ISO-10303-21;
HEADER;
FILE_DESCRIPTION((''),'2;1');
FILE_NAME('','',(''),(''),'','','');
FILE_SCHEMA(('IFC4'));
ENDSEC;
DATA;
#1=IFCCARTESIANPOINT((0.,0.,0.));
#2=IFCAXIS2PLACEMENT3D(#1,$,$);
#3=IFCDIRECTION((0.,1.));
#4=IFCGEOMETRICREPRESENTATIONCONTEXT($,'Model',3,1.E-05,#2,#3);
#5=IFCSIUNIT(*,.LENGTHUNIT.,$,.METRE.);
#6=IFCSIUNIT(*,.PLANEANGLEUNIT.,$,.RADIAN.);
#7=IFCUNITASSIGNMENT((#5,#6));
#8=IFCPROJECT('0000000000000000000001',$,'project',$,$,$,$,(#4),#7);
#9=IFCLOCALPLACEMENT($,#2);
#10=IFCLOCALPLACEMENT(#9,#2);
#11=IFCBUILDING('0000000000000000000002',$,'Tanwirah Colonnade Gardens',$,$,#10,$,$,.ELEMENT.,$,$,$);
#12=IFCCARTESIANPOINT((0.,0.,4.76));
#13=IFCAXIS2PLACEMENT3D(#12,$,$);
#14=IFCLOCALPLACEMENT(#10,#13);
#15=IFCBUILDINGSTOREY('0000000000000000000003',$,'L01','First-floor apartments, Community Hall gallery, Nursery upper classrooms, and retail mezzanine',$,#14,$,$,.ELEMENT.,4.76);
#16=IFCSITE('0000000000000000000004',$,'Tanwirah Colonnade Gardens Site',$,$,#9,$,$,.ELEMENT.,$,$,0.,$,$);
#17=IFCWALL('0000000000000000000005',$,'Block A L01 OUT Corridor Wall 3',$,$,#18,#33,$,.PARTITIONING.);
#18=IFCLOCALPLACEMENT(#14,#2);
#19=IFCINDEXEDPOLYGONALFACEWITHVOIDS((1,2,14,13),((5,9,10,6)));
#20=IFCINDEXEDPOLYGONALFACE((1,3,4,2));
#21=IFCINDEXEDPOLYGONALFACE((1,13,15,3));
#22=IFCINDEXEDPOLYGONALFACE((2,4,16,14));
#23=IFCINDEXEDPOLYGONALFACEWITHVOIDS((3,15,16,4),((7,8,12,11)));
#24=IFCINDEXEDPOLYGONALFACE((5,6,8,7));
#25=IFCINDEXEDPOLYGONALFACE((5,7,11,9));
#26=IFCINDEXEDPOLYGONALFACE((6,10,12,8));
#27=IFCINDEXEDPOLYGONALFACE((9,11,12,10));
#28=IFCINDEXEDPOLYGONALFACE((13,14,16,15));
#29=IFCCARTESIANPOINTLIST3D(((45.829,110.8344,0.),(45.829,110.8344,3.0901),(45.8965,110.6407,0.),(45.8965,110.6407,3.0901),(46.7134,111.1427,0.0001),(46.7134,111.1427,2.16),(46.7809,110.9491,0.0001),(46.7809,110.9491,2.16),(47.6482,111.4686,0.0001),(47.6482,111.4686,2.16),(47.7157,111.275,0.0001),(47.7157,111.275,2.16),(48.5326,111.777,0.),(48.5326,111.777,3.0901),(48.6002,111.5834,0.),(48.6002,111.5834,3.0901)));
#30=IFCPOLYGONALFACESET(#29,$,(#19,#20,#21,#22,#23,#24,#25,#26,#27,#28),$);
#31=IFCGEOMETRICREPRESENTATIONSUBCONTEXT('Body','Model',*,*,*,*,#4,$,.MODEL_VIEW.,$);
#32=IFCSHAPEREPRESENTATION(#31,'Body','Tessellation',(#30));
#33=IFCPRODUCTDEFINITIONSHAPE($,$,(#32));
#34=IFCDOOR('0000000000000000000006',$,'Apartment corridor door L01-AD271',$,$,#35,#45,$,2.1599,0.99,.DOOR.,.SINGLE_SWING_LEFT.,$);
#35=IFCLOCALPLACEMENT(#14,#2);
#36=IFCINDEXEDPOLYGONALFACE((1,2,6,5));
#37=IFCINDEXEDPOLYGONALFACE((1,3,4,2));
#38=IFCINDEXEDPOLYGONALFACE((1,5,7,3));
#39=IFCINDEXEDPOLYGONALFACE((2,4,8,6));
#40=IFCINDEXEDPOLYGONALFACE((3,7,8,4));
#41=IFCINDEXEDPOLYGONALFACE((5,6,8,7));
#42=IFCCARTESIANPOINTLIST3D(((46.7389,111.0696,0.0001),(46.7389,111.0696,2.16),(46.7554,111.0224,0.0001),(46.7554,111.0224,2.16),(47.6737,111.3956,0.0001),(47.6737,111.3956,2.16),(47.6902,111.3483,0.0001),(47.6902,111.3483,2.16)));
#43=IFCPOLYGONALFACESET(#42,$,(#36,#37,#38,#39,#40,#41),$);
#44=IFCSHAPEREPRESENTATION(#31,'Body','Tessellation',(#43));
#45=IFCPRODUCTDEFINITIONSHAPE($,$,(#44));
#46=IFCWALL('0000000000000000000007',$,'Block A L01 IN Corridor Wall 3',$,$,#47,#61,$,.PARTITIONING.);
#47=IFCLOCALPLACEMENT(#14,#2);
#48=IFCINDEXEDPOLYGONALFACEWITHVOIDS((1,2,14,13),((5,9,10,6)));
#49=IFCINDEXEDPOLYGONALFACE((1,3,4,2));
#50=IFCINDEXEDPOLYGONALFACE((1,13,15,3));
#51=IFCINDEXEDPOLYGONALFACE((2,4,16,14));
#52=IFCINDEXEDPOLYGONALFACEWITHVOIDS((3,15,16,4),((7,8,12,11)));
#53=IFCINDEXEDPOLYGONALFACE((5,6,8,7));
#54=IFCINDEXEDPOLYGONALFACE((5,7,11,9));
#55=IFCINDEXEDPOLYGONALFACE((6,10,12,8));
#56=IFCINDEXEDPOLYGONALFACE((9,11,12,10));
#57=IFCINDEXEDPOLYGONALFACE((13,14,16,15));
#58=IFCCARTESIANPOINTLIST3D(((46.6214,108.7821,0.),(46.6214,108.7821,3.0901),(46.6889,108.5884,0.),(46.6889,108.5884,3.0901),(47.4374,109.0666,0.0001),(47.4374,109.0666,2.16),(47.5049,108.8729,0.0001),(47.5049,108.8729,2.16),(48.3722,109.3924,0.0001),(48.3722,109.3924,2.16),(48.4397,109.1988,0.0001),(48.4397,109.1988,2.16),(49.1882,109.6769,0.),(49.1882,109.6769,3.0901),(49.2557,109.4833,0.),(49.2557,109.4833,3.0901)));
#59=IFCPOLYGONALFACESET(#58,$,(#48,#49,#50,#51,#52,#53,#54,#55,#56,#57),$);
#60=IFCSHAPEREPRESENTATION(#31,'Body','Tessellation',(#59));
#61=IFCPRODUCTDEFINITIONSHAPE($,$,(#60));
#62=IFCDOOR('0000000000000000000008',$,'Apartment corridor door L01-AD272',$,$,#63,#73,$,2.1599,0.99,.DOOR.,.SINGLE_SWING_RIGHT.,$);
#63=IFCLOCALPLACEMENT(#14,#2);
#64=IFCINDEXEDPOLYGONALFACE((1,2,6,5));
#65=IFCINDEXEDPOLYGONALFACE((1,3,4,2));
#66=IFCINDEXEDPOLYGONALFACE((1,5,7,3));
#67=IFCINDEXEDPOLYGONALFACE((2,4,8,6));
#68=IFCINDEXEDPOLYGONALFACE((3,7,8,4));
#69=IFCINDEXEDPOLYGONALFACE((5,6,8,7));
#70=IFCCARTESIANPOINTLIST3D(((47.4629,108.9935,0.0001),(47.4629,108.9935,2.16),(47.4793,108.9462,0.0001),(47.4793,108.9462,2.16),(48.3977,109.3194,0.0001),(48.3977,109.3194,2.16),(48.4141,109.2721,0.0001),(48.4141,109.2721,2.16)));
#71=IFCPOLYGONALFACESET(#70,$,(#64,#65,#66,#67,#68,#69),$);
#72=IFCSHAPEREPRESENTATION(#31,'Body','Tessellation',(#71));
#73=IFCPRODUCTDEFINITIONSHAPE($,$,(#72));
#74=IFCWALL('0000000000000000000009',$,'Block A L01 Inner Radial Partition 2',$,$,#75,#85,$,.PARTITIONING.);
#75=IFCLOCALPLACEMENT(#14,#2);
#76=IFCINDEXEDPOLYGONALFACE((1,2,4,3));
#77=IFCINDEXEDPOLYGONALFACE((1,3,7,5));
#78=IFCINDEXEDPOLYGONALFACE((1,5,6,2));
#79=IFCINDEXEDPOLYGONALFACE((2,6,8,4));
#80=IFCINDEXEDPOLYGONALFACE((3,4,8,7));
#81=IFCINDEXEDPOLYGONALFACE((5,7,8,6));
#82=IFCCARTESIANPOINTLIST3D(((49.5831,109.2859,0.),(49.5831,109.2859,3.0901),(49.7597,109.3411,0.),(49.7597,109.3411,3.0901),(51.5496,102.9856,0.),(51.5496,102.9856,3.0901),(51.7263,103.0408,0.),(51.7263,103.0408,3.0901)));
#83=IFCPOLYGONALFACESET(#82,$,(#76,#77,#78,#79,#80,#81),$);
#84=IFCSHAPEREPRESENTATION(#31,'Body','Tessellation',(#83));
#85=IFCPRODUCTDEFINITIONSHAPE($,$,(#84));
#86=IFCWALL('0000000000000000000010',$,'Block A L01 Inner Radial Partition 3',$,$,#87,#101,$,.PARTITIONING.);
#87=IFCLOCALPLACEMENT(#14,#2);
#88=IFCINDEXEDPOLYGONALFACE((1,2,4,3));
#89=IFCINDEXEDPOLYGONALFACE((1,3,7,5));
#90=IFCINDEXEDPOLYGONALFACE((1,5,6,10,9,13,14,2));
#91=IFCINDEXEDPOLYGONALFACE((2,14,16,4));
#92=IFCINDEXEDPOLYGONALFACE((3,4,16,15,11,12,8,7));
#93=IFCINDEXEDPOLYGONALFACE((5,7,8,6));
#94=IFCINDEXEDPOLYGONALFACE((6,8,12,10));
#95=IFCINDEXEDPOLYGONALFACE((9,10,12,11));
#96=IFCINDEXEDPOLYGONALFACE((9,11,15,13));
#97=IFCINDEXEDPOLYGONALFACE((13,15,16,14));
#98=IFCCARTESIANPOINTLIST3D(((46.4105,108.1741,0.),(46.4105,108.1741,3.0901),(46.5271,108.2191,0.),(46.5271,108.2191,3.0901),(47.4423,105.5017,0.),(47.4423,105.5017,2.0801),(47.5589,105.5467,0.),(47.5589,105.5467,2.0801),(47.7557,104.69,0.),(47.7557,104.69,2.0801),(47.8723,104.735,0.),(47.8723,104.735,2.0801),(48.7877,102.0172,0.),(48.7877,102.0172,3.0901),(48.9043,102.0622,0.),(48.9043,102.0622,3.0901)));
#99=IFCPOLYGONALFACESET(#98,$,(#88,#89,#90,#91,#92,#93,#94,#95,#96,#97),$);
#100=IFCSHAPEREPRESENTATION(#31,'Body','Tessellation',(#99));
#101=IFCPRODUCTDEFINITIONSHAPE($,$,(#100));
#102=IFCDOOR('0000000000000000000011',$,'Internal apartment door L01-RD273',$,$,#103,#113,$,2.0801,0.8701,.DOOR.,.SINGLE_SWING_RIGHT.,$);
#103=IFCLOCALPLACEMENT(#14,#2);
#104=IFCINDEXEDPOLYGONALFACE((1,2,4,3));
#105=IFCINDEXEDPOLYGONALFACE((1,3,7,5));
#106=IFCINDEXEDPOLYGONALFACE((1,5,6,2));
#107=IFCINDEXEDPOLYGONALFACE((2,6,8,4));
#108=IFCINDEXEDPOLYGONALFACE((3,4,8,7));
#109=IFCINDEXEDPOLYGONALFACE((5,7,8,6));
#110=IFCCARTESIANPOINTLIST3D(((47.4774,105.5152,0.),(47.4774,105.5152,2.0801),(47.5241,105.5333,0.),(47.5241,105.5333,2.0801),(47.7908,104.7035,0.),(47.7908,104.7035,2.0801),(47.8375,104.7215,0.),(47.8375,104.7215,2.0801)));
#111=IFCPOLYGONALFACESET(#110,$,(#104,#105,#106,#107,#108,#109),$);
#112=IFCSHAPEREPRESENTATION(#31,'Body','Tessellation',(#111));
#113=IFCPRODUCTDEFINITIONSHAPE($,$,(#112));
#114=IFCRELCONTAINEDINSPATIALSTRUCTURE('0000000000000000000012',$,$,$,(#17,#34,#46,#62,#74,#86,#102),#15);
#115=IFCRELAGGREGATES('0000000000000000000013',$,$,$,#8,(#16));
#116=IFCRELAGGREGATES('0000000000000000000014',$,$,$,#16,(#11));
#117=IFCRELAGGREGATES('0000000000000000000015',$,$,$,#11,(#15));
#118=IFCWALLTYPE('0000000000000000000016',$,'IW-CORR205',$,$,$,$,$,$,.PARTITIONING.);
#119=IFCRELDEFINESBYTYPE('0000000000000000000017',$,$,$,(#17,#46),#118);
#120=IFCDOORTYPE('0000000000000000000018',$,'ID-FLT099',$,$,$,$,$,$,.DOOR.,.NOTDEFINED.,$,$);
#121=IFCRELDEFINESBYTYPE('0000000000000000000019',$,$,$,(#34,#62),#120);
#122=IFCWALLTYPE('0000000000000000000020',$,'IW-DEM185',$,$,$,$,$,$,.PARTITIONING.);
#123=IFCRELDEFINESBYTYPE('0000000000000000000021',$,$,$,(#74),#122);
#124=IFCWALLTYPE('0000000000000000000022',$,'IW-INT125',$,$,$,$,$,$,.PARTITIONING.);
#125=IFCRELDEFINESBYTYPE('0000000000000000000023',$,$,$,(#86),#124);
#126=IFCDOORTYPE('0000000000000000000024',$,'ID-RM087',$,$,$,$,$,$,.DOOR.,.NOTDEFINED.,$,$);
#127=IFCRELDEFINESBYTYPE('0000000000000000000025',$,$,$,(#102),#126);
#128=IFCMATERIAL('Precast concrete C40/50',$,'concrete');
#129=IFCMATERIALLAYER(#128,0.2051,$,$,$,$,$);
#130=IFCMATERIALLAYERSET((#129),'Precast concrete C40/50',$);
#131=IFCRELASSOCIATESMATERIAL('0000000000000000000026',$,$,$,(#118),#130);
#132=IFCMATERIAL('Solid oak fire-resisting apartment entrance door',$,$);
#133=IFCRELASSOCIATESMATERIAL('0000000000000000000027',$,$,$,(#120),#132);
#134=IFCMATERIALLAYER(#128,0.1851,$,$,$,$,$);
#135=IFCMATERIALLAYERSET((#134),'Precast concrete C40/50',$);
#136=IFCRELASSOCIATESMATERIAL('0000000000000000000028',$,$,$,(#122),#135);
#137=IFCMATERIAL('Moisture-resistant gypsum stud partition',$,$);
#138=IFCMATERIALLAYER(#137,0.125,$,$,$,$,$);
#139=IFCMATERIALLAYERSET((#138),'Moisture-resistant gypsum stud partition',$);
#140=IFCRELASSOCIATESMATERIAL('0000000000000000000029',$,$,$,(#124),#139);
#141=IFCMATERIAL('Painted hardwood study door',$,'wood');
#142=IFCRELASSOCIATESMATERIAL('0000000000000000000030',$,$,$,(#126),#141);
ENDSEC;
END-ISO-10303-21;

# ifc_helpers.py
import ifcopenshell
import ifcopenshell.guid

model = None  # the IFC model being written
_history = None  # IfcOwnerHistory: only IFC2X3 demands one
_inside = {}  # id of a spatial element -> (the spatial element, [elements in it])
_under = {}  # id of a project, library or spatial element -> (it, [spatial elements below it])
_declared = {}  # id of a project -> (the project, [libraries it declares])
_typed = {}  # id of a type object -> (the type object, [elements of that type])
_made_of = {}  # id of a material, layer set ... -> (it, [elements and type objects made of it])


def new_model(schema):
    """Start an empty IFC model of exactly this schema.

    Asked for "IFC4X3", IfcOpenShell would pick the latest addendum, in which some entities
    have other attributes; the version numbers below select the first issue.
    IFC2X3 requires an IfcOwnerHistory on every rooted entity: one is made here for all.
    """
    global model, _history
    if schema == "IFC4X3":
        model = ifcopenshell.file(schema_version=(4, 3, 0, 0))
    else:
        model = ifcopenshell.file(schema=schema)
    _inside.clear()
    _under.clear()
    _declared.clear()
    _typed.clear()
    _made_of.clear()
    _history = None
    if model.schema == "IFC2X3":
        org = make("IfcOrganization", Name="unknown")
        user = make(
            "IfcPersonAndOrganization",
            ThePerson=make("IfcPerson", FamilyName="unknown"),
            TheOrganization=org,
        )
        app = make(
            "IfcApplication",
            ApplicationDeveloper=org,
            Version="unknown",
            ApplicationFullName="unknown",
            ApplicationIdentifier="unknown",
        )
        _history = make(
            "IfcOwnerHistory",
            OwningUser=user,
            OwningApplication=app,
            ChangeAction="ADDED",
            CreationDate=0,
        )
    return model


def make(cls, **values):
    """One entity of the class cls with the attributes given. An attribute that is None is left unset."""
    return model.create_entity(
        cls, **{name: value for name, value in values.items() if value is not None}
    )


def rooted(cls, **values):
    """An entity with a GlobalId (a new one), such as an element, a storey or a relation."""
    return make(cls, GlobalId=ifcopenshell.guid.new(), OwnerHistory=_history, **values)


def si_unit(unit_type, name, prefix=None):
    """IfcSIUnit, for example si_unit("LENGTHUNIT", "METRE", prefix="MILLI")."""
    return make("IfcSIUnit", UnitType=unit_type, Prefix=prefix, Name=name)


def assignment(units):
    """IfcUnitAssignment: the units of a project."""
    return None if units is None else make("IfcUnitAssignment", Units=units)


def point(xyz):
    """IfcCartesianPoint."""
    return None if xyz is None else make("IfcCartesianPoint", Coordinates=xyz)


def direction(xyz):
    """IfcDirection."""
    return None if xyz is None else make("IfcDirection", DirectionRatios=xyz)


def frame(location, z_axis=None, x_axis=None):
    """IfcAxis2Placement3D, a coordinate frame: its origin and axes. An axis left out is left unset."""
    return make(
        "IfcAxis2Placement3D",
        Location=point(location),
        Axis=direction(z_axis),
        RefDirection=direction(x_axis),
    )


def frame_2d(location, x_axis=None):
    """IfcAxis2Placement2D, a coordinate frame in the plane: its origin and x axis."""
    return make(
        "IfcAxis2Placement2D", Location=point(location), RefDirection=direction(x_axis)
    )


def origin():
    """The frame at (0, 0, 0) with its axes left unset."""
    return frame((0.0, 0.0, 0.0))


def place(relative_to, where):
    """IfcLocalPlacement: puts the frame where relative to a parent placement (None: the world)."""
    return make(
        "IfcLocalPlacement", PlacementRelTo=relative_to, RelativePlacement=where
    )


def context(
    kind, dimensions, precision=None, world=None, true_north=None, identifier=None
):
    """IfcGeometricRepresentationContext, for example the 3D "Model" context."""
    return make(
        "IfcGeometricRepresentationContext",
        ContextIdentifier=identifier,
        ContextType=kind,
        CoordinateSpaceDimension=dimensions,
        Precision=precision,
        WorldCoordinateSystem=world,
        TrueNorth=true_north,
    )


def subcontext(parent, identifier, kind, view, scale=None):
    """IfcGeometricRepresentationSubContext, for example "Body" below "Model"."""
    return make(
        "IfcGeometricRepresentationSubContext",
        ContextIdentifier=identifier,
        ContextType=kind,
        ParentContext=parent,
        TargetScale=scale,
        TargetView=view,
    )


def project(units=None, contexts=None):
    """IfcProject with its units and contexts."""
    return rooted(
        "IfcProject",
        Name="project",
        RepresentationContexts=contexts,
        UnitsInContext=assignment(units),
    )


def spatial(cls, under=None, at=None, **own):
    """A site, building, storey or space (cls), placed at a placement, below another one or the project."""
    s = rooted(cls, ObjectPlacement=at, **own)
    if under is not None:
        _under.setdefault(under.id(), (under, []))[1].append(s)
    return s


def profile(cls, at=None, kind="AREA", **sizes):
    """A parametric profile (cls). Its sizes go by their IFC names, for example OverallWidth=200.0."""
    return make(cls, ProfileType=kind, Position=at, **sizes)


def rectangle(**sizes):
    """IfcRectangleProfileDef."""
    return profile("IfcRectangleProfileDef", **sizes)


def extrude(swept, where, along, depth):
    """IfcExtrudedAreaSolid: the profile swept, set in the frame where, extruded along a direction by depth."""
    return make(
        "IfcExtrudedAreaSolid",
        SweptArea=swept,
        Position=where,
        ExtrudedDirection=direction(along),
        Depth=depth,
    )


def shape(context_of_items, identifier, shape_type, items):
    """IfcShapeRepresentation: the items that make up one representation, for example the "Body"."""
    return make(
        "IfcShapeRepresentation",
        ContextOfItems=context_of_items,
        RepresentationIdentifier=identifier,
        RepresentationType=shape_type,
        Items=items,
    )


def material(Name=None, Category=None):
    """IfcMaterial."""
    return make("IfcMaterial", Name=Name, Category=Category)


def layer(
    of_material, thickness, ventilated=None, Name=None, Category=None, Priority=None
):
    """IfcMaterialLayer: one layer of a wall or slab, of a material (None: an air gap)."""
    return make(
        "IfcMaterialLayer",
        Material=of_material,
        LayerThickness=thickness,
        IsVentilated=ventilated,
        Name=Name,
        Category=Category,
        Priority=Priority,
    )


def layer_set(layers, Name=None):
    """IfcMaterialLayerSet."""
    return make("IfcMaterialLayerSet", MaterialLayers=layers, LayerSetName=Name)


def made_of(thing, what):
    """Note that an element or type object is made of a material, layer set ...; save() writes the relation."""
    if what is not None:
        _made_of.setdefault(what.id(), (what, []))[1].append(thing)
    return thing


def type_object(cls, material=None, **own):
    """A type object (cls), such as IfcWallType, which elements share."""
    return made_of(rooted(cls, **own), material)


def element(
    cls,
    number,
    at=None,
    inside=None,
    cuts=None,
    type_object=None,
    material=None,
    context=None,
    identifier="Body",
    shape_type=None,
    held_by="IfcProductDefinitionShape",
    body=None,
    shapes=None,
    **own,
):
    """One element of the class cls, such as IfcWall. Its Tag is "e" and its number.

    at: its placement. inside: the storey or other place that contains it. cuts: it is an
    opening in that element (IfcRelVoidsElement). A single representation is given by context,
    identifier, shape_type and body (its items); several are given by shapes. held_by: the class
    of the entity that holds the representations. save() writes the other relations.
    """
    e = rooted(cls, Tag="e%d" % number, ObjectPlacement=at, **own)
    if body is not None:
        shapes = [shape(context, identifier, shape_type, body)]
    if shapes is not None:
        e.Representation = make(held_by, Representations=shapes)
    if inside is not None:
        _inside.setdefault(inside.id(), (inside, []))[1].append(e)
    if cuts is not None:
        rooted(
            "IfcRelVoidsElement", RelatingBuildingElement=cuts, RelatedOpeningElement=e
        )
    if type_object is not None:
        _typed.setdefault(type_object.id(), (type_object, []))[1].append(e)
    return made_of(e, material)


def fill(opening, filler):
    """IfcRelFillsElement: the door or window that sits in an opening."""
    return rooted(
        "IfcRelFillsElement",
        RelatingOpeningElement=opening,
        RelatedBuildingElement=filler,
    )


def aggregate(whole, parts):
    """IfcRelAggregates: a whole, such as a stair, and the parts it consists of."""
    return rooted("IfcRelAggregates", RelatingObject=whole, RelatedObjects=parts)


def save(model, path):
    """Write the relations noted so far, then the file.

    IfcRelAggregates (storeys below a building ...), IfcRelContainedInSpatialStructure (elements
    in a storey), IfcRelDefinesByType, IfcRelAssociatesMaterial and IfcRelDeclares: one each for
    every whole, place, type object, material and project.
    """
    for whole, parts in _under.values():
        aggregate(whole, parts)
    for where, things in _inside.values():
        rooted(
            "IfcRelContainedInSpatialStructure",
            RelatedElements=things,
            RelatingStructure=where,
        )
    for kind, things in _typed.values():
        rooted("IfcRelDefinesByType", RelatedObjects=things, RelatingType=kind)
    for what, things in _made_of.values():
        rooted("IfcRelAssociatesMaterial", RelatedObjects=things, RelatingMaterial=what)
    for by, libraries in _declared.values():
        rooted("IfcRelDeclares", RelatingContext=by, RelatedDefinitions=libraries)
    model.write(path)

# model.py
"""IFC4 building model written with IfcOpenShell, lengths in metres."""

from ifc_helpers import new_model, si_unit, direction, frame, frame_2d, origin, place, context, subcontext, project, spatial, rectangle, extrude, material, layer, layer_set, type_object, element, fill, save


model = new_model("IFC4")

# Units and contexts
model_context = context("Model", 3, precision=1e-05, world=origin(), true_north=direction((0.0, 1.0)))
body_context = subcontext(model_context, "Body", "Model", "MODEL_VIEW")
ifc_project = project(units=[si_unit("LENGTHUNIT", "METRE"), si_unit("PLANEANGLEUNIT", "RADIAN")], contexts=[model_context])

# Site, building, storey
site_placement = place(None, origin())
site = spatial("IfcSite", under=ifc_project, at=site_placement, Name="Tanwirah Colonnade Gardens Site", CompositionType="ELEMENT", RefElevation=0.0)
building_placement = place(site_placement, origin())
building = spatial("IfcBuilding", under=site, at=building_placement, Name="Tanwirah Colonnade Gardens", CompositionType="ELEMENT")
storey_placement = place(building_placement, frame((0.0, 0.0, 4.76)))
storey = spatial("IfcBuildingStorey", under=building, at=storey_placement, Name="L01", Description="First-floor apartments, Community Hall gallery, Nursery upper classrooms, and retail mezzanine", CompositionType="ELEMENT", Elevation=4.76)

# Shared definitions
ifc_material_1 = material(Name="Precast concrete C40/50", Category="concrete")

# Walls, openings, doors
ifc_layer_1 = layer(ifc_material_1, 0.2051)
ifc_layer_set_1 = layer_set([ifc_layer_1], Name="Precast concrete C40/50")
wall_type_1 = type_object("IfcWallType", Name="IW-CORR205", PredefinedType="PARTITIONING", material=ifc_layer_set_1)
ifc_material_2 = material(Name="Solid oak fire-resisting apartment entrance door")
wall_1_placement = place(storey_placement, frame((48.5664, 111.6802, 0.0), z_axis=(0.0, 0.0, 1.0), x_axis=(-0.944254, -0.329218, 0.0)))
wall_1 = element("IfcWall", 1, at=wall_1_placement, inside=storey, type_object=wall_type_1, Name="Block A L01 OUT Corridor Wall 3", PredefinedType="PARTITIONING", context=body_context, shape_type="SweptSolid", body=[
    extrude(rectangle(XDim=2.8633, YDim=0.2051, at=frame_2d((1.4316, 0.0))), origin(), (0.0, 0.0, 1.0), 3.0901),
])
opening_1_placement = place(wall_1_placement, frame((0.9365, 0.0, 0.0)))
opening_1 = element("IfcOpeningElement", 2, at=opening_1_placement, cuts=wall_1, PredefinedType="OPENING", context=body_context, shape_type="SweptSolid", body=[
    extrude(rectangle(XDim=0.99, YDim=2.1599, at=frame_2d((0.4951, 1.0801))), frame((0.0, 0.1125, 0.0), z_axis=(0.0, -1.0, 0.0), x_axis=(1.0, 0.0, 0.0)), (0.0, 0.0, 1.0), 0.2251),
])
door_type_1 = type_object("IfcDoorType", Name="ID-FLT099", OperationType="NOTDEFINED", PredefinedType="DOOR", material=ifc_material_2)
door_1_placement = place(opening_1_placement, origin())
door_1 = element("IfcDoor", 3, at=door_1_placement, inside=storey, type_object=door_type_1, Name="Apartment corridor door L01-AD271", OperationType="SINGLE_SWING_LEFT", OverallHeight=2.1599, OverallWidth=0.99, PredefinedType="DOOR", context=body_context, shape_type="SweptSolid", body=[
    extrude(rectangle(XDim=0.99, YDim=2.1599, at=frame_2d((0.4951, 1.0801))), frame((0.0, 0.0249, 0.0), z_axis=(0.0, -1.0, 0.0), x_axis=(1.0, 0.0, 0.0)), (0.0, 0.0, 1.0), 0.05),
])
fill(opening_1, door_1)
wall_2_placement = place(storey_placement, frame((49.2219, 109.5801, 0.0), z_axis=(0.0, 0.0, 1.0), x_axis=(-0.944265, -0.329186, 0.0)))
wall_2 = element("IfcWall", 4, at=wall_2_placement, inside=storey, type_object=wall_type_1, Name="Block A L01 IN Corridor Wall 3", PredefinedType="PARTITIONING", context=body_context, shape_type="SweptSolid", body=[
    extrude(rectangle(XDim=2.7183, YDim=0.2051, at=frame_2d((1.3591, 0.0))), origin(), (0.0, 0.0, 1.0), 3.0901),
])
opening_2_placement = place(wall_2_placement, frame((0.864, 0.0, 0.0)))
opening_2 = element("IfcOpeningElement", 5, at=opening_2_placement, cuts=wall_2, PredefinedType="OPENING", context=body_context, shape_type="SweptSolid", body=[
    extrude(rectangle(XDim=0.99, YDim=2.1599, at=frame_2d((0.4951, 1.0801))), frame((0.0, 0.1125, 0.0), z_axis=(0.0, -1.0, 0.0), x_axis=(1.0, 0.0, 0.0)), (0.0, 0.0, 1.0), 0.2251),
])
door_2_placement = place(opening_2_placement, origin())
door_2 = element("IfcDoor", 6, at=door_2_placement, inside=storey, type_object=door_type_1, Name="Apartment corridor door L01-AD272", OperationType="SINGLE_SWING_RIGHT", OverallHeight=2.1599, OverallWidth=0.99, PredefinedType="DOOR", context=body_context, shape_type="SweptSolid", body=[
    extrude(rectangle(XDim=0.99, YDim=2.1599, at=frame_2d((0.4951, 1.0801))), frame((0.0, 0.0249, 0.0), z_axis=(0.0, -1.0, 0.0), x_axis=(1.0, 0.0, 0.0)), (0.0, 0.0, 1.0), 0.05),
])
fill(opening_2, door_2)

# Wall
ifc_layer_2 = layer(ifc_material_1, 0.1851)
ifc_layer_set_2 = layer_set([ifc_layer_2], Name="Precast concrete C40/50")
wall_type_2 = type_object("IfcWallType", Name="IW-DEM185", PredefinedType="PARTITIONING", material=ifc_layer_set_2)
wall_3_placement = place(storey_placement, frame((51.6379, 103.0132, 0.0), z_axis=(0.0, 0.0, 1.0), x_axis=(-0.297959, 0.954579, 0.0)))
element("IfcWall", 7, at=wall_3_placement, inside=storey, type_object=wall_type_2, Name="Block A L01 Inner Radial Partition 2", PredefinedType="PARTITIONING", context=body_context, shape_type="SweptSolid", body=[
    extrude(rectangle(XDim=6.6001, YDim=0.1851, at=frame_2d((3.3, 0.0))), origin(), (0.0, 0.0, 1.0), 3.0901),
])

# Wall, opening, door
ifc_material_3 = material(Name="Moisture-resistant gypsum stud partition")
ifc_layer_3 = layer(ifc_material_3, 0.125)
ifc_layer_set_3 = layer_set([ifc_layer_3], Name="Moisture-resistant gypsum stud partition")
wall_type_3 = type_object("IfcWallType", Name="IW-INT125", PredefinedType="PARTITIONING", material=ifc_layer_set_3)
wall_4_placement = place(storey_placement, frame((48.8459, 102.0398, 0.0), z_axis=(0.0, 0.0, 1.0), x_axis=(-0.360183, 0.932881, 0.0)))
wall_4 = element("IfcWall", 8, at=wall_4_placement, inside=storey, type_object=wall_type_3, Name="Block A L01 Inner Radial Partition 3", PredefinedType="PARTITIONING", context=body_context, shape_type="SweptSolid", body=[
    extrude(rectangle(XDim=6.5999, YDim=0.125, at=frame_2d((3.2998, 0.0))), origin(), (0.0, 0.0, 1.0), 3.0901),
])
opening_3_placement = place(wall_4_placement, frame((2.865, 0.0, 0.0)))
opening_3 = element("IfcOpeningElement", 9, at=opening_3_placement, cuts=wall_4, PredefinedType="OPENING", context=body_context, shape_type="SweptSolid", body=[
    extrude(rectangle(XDim=0.8701, YDim=2.0801, at=frame_2d((0.4351, 1.04))), frame((0.0, 0.0725, 0.0), z_axis=(0.0, -1.0, 0.0), x_axis=(1.0, 0.0, 0.0)), (0.0, 0.0, 1.0), 0.145),
])
ifc_material_4 = material(Name="Painted hardwood study door", Category="wood")
door_type_2 = type_object("IfcDoorType", Name="ID-RM087", OperationType="NOTDEFINED", PredefinedType="DOOR", material=ifc_material_4)
door_3_placement = place(opening_3_placement, origin())
door_3 = element("IfcDoor", 10, at=door_3_placement, inside=storey, type_object=door_type_2, Name="Internal apartment door L01-RD273", OperationType="SINGLE_SWING_RIGHT", OverallHeight=2.0801, OverallWidth=0.8701, PredefinedType="DOOR", context=body_context, shape_type="SweptSolid", body=[
    extrude(rectangle(XDim=0.8701, YDim=2.0801, at=frame_2d((0.4351, 1.04))), frame((0.0, 0.0249, 0.0), z_axis=(0.0, -1.0, 0.0), x_axis=(1.0, 0.0, 0.0)), (0.0, 0.0, 1.0), 0.05),
])
fill(opening_3, door_3)

save(model, "model.ifc")
